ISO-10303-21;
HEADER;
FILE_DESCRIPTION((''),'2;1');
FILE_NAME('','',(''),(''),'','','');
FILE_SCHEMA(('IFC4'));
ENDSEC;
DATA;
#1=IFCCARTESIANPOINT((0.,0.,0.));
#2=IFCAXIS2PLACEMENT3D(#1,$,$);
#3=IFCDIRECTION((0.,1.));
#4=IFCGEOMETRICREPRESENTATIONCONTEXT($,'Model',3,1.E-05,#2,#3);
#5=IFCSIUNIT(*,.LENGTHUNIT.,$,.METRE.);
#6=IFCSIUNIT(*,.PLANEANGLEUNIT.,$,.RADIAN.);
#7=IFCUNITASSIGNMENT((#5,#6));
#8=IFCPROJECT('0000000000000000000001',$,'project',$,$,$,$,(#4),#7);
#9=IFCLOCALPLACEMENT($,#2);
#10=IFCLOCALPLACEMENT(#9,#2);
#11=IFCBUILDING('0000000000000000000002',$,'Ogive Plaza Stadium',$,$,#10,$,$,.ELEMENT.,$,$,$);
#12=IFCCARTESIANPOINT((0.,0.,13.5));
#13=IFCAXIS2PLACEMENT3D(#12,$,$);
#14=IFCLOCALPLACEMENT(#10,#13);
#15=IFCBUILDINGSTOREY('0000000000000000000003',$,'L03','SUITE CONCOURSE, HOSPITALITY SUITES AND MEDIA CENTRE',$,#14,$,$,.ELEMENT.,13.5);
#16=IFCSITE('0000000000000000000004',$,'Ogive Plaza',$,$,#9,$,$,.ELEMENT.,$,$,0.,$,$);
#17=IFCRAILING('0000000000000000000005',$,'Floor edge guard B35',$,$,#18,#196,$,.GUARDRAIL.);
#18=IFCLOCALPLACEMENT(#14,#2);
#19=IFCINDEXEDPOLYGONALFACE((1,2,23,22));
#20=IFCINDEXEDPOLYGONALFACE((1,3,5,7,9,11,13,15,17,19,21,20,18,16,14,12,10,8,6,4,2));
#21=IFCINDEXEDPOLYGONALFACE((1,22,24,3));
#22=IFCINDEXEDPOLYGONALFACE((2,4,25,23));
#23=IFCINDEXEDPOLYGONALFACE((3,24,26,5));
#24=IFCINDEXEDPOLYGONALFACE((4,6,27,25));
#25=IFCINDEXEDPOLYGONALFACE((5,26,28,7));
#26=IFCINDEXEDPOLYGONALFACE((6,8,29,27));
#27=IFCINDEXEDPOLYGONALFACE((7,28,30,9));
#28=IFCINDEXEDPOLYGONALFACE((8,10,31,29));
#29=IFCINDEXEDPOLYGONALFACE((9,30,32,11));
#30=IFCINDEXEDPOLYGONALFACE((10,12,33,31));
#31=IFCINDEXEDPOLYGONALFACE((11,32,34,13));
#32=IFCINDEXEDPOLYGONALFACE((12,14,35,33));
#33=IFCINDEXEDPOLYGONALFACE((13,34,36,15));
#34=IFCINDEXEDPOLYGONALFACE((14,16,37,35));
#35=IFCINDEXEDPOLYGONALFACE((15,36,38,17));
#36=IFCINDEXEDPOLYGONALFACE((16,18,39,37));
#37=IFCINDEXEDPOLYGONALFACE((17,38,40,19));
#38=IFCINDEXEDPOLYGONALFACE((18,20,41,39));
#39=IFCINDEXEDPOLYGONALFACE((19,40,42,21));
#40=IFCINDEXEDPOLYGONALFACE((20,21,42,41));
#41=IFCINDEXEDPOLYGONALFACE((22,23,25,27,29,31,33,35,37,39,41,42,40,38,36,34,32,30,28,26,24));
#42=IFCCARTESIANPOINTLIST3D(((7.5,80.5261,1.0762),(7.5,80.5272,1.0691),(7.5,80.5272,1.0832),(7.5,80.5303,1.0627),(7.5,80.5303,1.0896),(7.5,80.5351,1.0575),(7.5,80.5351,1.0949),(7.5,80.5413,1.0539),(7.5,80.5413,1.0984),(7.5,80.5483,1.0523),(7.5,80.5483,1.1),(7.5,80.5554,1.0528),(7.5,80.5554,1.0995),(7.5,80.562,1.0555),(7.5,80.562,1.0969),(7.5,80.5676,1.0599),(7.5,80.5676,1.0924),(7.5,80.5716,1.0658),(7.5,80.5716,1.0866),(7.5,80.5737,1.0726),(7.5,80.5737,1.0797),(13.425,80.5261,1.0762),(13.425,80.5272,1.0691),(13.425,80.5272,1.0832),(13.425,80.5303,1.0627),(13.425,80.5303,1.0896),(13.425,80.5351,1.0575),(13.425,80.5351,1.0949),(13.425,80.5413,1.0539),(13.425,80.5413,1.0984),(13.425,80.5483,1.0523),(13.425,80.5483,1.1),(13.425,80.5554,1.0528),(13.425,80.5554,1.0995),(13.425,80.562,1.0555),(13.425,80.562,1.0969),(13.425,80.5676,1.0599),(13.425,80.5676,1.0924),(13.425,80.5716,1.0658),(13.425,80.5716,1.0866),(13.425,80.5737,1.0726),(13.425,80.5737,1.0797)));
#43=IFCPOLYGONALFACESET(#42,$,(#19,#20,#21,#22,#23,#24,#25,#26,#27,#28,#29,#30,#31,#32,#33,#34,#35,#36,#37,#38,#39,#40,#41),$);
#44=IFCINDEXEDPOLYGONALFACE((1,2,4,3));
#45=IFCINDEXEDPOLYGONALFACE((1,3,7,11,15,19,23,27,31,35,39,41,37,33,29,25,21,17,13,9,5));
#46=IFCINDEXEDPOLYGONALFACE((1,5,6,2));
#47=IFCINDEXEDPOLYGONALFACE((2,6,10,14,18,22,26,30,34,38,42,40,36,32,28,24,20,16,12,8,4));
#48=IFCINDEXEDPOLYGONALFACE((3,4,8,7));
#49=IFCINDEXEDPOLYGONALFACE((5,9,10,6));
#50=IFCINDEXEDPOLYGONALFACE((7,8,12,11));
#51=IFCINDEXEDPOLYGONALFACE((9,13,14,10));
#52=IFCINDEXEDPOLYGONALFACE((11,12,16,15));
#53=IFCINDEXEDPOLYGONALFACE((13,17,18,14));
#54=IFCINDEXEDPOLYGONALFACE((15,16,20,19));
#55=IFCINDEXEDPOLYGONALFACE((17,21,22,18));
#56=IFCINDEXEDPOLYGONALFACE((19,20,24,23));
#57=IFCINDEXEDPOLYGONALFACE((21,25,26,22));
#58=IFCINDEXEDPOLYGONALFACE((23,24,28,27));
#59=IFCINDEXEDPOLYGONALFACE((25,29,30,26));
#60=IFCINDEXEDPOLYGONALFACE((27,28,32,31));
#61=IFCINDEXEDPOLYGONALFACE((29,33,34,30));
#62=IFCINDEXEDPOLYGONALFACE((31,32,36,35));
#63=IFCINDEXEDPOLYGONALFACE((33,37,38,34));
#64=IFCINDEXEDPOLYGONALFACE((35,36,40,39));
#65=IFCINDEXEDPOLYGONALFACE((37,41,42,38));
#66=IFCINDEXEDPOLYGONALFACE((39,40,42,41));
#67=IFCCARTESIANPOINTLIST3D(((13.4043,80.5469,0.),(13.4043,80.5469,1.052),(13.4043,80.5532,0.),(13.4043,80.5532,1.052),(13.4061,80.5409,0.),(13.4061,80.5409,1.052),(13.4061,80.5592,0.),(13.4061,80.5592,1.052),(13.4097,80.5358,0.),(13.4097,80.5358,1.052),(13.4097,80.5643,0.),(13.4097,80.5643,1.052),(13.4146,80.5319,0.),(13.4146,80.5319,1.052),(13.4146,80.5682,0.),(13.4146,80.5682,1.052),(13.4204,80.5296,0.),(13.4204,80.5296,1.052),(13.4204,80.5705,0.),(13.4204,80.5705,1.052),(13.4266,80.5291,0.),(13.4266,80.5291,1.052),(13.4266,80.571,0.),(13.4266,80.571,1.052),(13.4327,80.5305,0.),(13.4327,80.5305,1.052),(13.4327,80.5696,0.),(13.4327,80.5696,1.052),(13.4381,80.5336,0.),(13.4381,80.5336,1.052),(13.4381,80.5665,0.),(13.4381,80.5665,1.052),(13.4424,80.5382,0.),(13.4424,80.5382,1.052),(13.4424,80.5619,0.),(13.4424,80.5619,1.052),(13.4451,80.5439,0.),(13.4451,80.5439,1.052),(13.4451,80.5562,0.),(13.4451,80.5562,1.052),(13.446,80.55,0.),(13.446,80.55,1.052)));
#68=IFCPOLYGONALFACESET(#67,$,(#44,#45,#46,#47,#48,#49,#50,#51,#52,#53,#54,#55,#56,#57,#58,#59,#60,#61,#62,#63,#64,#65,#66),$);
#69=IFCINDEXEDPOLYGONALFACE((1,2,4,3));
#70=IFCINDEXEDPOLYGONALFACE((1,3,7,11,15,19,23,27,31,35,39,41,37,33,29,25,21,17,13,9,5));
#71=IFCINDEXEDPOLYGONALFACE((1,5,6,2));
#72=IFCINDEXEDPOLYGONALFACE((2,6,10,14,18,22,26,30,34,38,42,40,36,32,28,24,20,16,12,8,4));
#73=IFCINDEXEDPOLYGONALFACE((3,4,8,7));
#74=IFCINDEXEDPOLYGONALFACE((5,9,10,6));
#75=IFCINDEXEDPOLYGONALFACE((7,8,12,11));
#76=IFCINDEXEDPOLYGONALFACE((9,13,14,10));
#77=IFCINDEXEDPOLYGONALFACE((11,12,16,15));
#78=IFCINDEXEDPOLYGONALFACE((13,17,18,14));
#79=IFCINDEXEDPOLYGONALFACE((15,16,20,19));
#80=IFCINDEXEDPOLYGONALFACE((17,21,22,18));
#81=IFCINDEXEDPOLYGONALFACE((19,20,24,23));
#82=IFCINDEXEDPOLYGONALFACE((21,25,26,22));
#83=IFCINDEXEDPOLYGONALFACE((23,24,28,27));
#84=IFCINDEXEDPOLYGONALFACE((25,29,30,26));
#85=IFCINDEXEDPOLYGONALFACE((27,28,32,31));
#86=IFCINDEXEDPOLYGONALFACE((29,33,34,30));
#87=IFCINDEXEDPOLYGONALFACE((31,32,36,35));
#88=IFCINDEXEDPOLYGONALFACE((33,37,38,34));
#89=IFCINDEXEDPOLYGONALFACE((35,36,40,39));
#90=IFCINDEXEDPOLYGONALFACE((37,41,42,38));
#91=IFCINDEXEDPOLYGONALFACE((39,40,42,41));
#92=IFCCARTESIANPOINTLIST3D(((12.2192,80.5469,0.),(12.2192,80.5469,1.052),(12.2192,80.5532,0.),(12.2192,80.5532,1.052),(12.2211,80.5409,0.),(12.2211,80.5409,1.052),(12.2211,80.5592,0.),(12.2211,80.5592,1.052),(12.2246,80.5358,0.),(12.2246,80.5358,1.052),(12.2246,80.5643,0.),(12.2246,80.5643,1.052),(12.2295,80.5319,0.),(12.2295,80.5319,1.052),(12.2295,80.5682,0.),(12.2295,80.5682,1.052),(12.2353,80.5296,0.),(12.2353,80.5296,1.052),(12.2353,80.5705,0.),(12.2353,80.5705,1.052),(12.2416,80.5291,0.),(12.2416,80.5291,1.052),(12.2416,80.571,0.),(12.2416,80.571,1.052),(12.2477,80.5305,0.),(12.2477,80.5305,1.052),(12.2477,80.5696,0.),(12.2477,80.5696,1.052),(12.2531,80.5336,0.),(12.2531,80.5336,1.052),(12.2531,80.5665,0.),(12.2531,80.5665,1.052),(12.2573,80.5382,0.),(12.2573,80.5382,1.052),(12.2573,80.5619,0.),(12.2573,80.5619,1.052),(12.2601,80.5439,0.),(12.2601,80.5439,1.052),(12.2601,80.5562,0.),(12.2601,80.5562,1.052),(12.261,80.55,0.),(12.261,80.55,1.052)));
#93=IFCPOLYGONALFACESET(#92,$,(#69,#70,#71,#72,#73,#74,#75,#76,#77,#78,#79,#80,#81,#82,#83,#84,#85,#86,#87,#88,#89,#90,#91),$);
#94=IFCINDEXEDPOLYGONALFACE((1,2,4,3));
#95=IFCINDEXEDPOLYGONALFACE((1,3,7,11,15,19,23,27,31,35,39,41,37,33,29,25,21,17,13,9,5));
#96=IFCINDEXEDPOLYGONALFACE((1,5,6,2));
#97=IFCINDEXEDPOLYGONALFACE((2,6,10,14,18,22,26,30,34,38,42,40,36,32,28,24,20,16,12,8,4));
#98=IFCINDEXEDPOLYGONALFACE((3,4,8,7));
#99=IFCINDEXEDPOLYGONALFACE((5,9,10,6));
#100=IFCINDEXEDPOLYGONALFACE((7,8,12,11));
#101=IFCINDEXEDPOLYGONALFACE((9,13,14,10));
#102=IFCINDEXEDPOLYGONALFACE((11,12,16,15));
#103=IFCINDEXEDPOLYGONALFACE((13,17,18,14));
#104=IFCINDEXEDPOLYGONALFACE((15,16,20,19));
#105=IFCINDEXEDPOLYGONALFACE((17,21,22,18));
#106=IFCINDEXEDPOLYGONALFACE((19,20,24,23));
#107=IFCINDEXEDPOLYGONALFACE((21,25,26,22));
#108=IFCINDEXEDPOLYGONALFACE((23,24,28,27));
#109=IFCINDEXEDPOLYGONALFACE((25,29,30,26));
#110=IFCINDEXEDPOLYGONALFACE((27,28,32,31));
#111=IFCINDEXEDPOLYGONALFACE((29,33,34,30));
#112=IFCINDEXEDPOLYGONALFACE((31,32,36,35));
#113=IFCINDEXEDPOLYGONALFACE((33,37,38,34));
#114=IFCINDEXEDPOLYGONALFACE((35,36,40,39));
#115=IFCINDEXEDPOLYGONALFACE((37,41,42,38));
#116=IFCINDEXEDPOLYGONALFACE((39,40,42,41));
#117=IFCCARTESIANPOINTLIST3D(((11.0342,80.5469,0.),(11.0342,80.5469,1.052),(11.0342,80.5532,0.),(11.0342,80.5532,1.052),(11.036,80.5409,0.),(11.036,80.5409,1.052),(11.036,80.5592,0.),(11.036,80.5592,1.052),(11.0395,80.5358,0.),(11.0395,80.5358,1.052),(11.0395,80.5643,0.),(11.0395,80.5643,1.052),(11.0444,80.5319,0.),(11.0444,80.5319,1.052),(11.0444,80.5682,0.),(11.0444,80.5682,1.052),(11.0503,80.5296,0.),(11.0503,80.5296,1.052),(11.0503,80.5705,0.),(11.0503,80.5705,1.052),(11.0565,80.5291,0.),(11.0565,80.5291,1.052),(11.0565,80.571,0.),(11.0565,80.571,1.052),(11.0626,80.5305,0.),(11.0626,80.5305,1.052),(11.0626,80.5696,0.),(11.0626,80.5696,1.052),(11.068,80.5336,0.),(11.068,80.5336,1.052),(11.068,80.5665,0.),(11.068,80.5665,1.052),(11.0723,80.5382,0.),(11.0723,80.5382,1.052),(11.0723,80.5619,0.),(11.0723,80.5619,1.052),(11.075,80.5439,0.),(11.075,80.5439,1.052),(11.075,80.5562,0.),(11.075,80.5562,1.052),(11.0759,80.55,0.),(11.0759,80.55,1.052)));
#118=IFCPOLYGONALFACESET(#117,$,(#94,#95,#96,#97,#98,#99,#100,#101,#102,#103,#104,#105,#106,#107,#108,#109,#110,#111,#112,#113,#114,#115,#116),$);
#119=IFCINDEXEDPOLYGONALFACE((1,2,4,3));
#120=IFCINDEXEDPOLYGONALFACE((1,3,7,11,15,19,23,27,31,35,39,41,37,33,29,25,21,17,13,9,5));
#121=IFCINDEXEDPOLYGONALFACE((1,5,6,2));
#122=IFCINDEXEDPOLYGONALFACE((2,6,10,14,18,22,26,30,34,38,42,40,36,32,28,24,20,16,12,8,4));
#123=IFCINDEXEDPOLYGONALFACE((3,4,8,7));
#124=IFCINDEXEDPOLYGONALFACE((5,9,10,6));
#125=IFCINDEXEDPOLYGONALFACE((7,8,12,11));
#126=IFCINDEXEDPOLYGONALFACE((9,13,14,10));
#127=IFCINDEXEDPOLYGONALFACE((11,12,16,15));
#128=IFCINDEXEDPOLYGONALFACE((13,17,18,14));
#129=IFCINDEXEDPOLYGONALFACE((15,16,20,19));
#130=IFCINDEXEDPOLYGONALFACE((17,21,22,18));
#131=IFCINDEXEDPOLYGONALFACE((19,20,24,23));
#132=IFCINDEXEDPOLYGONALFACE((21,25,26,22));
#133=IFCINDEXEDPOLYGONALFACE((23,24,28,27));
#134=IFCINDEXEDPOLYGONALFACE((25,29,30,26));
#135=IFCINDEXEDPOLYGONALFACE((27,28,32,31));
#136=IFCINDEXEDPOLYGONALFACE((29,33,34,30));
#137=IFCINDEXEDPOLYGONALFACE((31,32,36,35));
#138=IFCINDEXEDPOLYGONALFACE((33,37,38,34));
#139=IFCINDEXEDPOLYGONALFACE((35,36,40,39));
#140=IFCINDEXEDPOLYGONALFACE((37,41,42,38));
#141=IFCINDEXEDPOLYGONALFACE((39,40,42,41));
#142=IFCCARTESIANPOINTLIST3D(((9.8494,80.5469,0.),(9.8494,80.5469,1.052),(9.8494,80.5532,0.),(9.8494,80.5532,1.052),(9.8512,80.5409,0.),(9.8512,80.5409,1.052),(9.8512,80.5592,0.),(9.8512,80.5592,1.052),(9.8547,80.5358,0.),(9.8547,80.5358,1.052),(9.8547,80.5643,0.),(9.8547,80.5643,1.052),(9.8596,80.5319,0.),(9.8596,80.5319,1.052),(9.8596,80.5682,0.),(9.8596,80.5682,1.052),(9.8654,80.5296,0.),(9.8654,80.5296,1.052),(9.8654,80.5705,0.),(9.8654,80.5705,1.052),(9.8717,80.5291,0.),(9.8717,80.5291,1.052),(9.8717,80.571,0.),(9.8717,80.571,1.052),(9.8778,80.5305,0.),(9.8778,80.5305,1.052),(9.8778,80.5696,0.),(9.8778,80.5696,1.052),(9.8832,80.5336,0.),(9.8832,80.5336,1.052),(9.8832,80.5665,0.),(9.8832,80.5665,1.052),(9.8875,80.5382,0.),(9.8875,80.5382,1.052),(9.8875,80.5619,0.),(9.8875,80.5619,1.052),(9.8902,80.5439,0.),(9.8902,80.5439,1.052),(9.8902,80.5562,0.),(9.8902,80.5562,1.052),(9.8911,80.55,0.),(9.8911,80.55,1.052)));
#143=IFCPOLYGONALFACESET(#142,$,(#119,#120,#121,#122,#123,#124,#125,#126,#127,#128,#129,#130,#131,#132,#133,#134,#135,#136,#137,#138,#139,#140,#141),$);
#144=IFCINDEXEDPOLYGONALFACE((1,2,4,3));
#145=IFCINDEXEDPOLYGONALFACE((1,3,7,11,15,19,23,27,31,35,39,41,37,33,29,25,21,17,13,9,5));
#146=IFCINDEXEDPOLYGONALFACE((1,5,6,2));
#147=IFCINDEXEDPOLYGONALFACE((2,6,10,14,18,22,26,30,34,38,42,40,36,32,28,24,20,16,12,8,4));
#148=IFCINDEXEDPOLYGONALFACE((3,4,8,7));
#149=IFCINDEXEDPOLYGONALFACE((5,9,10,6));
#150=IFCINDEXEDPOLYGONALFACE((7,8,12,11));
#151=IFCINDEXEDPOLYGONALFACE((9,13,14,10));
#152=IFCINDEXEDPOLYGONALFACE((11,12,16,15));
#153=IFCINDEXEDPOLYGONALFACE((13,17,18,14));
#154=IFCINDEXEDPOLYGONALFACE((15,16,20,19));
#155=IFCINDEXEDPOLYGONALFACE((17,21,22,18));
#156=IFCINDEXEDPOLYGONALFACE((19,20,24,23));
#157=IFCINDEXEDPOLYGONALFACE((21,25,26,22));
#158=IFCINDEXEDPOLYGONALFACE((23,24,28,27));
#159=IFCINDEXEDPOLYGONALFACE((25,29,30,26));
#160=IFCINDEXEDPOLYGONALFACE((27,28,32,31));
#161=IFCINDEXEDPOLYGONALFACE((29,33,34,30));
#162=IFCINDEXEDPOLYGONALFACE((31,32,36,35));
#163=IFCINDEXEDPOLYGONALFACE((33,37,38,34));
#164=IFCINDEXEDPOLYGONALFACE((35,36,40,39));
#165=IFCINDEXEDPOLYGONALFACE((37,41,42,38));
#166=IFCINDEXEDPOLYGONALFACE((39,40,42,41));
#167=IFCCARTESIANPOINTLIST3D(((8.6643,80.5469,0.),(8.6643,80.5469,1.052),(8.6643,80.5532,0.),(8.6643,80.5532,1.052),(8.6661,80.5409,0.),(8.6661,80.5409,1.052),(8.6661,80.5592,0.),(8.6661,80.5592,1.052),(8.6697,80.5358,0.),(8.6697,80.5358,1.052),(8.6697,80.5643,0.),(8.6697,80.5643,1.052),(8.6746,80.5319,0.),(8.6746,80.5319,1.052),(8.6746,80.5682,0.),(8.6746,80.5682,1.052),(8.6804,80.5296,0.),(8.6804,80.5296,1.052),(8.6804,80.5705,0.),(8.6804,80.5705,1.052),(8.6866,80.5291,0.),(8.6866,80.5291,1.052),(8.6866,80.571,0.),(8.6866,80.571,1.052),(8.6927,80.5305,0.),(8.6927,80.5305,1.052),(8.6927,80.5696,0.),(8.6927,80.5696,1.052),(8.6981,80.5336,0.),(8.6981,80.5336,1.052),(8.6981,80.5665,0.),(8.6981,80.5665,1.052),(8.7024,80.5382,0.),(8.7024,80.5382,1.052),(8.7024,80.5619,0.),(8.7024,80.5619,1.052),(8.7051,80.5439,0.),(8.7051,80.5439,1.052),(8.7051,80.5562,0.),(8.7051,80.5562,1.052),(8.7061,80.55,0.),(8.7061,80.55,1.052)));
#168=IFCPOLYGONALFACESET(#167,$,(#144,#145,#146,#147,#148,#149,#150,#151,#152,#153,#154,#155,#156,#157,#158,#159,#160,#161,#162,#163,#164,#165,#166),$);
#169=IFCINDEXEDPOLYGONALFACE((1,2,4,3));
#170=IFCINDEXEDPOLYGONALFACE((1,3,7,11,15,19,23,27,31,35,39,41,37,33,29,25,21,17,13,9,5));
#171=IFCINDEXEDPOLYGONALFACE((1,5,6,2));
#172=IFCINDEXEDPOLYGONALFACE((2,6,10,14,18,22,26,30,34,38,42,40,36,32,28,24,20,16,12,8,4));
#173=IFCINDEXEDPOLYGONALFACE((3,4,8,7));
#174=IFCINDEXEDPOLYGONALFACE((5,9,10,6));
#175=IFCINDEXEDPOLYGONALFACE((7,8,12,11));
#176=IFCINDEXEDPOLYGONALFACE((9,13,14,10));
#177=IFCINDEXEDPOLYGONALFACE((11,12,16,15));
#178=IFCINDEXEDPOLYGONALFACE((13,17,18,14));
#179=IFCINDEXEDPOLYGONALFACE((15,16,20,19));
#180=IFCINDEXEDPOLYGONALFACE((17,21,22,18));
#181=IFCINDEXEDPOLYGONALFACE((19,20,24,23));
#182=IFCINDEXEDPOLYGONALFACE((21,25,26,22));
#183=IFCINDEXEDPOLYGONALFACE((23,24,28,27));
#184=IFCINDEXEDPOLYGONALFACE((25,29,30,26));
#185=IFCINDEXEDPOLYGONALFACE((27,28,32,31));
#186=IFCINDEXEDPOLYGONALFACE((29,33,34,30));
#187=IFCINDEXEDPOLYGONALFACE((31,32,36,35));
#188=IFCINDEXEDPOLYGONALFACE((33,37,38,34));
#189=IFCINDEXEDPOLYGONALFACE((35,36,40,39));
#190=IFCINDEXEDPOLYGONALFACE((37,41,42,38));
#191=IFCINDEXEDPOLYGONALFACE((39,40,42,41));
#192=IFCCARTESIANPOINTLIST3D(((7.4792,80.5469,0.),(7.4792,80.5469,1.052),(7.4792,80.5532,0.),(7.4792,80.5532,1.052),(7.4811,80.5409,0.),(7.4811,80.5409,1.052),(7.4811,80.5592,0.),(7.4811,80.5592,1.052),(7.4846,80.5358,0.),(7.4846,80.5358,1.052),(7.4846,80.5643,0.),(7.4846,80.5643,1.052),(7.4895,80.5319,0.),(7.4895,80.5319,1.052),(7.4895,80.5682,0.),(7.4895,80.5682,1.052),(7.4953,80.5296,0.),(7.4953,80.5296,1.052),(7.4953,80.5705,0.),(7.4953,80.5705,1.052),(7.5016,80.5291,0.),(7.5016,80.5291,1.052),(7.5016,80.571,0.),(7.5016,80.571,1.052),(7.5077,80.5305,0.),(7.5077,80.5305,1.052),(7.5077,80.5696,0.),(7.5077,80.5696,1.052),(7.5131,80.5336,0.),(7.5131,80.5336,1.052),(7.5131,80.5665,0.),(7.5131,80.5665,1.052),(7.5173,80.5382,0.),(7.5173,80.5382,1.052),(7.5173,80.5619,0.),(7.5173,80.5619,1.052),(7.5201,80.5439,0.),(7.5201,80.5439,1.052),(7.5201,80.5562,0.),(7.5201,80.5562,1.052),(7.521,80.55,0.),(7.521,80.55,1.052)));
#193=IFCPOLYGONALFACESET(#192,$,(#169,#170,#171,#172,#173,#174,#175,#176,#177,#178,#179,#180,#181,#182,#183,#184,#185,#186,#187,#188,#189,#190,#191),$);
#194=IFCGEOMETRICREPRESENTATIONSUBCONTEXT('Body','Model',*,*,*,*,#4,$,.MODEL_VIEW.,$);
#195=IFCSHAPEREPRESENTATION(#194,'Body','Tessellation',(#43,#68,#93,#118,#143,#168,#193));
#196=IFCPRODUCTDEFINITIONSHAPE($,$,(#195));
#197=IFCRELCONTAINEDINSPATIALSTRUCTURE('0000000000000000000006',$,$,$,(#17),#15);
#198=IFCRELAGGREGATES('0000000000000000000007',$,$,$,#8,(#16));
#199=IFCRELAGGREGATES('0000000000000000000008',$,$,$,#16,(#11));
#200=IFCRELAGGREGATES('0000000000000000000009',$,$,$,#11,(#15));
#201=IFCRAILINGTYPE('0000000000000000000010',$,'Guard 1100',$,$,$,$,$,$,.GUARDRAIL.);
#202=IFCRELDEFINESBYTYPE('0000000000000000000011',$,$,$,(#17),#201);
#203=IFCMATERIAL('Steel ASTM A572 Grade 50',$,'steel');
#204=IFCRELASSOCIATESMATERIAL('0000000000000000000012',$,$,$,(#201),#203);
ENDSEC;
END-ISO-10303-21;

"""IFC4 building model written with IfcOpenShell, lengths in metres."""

from ifc_helpers import new_model, si_unit, direction, frame, origin, origin_2d, place, context, subcontext, project, spatial, circle, extrude, material, type_object, element, save


model = new_model("IFC4")

# Units and contexts
model_context = context("Model", 3, precision=1e-05, world=origin(), true_north=direction((0.0, 1.0)))
body_context = subcontext(model_context, "Body", "Model", "MODEL_VIEW")
ifc_project = project(units=[si_unit("LENGTHUNIT", "METRE"), si_unit("PLANEANGLEUNIT", "RADIAN")], contexts=[model_context])

# Site, building, storey
site_placement = place(None, origin())
site = spatial("IfcSite", under=ifc_project, at=site_placement, Name="Ogive Plaza", CompositionType="ELEMENT", RefElevation=0.0)
building_placement = place(site_placement, origin())
building = spatial("IfcBuilding", under=site, at=building_placement, Name="Ogive Plaza Stadium", CompositionType="ELEMENT")
storey_placement = place(building_placement, frame((0.0, 0.0, 13.5)))
storey = spatial("IfcBuildingStorey", under=building, at=storey_placement, Name="L03", Description="SUITE CONCOURSE, HOSPITALITY SUITES AND MEDIA CENTRE", CompositionType="ELEMENT", Elevation=13.5)

# Railing
ifc_material_1 = material(Name="Steel ASTM A572 Grade 50", Category="steel")
railing_type_1 = type_object("IfcRailingType", Name="Guard 1100", PredefinedType="GUARDRAIL", material=ifc_material_1)
railing_1_placement = place(storey_placement, frame((13.425, 80.55, 0.0)))
element("IfcRailing", 1, at=railing_1_placement, inside=storey, type_object=railing_type_1, Name="Floor edge guard B35", PredefinedType="GUARDRAIL", context=body_context, shape_type="SweptSolid", body=[
    extrude(circle(Radius=0.0239, at=origin_2d()), frame((0.0, 0.0, 1.0762), z_axis=(-1.0, 0.0, 0.0), x_axis=(0.0, -1.0, 0.0)), (0.0, 0.0, 1.0), 5.925),
    extrude(circle(Radius=0.021, at=origin_2d()), origin(), (0.0, 0.0, 1.0), 1.052),
    extrude(circle(Radius=0.021, at=origin_2d()), frame((-1.1851, 0.0, 0.0)), (0.0, 0.0, 1.0), 1.052),
    extrude(circle(Radius=0.021, at=origin_2d()), frame((-2.3701, 0.0, 0.0)), (0.0, 0.0, 1.0), 1.052),
    extrude(circle(Radius=0.021, at=origin_2d()), frame((-3.5549, 0.0, 0.0)), (0.0, 0.0, 1.0), 1.052),
    extrude(circle(Radius=0.021, at=origin_2d()), frame((-4.74, 0.0, 0.0)), (0.0, 0.0, 1.0), 1.052),
    extrude(circle(Radius=0.021, at=origin_2d()), frame((-5.925, 0.0, 0.0)), (0.0, 0.0, 1.0), 1.052),
])

save(model, "model.ifc")
